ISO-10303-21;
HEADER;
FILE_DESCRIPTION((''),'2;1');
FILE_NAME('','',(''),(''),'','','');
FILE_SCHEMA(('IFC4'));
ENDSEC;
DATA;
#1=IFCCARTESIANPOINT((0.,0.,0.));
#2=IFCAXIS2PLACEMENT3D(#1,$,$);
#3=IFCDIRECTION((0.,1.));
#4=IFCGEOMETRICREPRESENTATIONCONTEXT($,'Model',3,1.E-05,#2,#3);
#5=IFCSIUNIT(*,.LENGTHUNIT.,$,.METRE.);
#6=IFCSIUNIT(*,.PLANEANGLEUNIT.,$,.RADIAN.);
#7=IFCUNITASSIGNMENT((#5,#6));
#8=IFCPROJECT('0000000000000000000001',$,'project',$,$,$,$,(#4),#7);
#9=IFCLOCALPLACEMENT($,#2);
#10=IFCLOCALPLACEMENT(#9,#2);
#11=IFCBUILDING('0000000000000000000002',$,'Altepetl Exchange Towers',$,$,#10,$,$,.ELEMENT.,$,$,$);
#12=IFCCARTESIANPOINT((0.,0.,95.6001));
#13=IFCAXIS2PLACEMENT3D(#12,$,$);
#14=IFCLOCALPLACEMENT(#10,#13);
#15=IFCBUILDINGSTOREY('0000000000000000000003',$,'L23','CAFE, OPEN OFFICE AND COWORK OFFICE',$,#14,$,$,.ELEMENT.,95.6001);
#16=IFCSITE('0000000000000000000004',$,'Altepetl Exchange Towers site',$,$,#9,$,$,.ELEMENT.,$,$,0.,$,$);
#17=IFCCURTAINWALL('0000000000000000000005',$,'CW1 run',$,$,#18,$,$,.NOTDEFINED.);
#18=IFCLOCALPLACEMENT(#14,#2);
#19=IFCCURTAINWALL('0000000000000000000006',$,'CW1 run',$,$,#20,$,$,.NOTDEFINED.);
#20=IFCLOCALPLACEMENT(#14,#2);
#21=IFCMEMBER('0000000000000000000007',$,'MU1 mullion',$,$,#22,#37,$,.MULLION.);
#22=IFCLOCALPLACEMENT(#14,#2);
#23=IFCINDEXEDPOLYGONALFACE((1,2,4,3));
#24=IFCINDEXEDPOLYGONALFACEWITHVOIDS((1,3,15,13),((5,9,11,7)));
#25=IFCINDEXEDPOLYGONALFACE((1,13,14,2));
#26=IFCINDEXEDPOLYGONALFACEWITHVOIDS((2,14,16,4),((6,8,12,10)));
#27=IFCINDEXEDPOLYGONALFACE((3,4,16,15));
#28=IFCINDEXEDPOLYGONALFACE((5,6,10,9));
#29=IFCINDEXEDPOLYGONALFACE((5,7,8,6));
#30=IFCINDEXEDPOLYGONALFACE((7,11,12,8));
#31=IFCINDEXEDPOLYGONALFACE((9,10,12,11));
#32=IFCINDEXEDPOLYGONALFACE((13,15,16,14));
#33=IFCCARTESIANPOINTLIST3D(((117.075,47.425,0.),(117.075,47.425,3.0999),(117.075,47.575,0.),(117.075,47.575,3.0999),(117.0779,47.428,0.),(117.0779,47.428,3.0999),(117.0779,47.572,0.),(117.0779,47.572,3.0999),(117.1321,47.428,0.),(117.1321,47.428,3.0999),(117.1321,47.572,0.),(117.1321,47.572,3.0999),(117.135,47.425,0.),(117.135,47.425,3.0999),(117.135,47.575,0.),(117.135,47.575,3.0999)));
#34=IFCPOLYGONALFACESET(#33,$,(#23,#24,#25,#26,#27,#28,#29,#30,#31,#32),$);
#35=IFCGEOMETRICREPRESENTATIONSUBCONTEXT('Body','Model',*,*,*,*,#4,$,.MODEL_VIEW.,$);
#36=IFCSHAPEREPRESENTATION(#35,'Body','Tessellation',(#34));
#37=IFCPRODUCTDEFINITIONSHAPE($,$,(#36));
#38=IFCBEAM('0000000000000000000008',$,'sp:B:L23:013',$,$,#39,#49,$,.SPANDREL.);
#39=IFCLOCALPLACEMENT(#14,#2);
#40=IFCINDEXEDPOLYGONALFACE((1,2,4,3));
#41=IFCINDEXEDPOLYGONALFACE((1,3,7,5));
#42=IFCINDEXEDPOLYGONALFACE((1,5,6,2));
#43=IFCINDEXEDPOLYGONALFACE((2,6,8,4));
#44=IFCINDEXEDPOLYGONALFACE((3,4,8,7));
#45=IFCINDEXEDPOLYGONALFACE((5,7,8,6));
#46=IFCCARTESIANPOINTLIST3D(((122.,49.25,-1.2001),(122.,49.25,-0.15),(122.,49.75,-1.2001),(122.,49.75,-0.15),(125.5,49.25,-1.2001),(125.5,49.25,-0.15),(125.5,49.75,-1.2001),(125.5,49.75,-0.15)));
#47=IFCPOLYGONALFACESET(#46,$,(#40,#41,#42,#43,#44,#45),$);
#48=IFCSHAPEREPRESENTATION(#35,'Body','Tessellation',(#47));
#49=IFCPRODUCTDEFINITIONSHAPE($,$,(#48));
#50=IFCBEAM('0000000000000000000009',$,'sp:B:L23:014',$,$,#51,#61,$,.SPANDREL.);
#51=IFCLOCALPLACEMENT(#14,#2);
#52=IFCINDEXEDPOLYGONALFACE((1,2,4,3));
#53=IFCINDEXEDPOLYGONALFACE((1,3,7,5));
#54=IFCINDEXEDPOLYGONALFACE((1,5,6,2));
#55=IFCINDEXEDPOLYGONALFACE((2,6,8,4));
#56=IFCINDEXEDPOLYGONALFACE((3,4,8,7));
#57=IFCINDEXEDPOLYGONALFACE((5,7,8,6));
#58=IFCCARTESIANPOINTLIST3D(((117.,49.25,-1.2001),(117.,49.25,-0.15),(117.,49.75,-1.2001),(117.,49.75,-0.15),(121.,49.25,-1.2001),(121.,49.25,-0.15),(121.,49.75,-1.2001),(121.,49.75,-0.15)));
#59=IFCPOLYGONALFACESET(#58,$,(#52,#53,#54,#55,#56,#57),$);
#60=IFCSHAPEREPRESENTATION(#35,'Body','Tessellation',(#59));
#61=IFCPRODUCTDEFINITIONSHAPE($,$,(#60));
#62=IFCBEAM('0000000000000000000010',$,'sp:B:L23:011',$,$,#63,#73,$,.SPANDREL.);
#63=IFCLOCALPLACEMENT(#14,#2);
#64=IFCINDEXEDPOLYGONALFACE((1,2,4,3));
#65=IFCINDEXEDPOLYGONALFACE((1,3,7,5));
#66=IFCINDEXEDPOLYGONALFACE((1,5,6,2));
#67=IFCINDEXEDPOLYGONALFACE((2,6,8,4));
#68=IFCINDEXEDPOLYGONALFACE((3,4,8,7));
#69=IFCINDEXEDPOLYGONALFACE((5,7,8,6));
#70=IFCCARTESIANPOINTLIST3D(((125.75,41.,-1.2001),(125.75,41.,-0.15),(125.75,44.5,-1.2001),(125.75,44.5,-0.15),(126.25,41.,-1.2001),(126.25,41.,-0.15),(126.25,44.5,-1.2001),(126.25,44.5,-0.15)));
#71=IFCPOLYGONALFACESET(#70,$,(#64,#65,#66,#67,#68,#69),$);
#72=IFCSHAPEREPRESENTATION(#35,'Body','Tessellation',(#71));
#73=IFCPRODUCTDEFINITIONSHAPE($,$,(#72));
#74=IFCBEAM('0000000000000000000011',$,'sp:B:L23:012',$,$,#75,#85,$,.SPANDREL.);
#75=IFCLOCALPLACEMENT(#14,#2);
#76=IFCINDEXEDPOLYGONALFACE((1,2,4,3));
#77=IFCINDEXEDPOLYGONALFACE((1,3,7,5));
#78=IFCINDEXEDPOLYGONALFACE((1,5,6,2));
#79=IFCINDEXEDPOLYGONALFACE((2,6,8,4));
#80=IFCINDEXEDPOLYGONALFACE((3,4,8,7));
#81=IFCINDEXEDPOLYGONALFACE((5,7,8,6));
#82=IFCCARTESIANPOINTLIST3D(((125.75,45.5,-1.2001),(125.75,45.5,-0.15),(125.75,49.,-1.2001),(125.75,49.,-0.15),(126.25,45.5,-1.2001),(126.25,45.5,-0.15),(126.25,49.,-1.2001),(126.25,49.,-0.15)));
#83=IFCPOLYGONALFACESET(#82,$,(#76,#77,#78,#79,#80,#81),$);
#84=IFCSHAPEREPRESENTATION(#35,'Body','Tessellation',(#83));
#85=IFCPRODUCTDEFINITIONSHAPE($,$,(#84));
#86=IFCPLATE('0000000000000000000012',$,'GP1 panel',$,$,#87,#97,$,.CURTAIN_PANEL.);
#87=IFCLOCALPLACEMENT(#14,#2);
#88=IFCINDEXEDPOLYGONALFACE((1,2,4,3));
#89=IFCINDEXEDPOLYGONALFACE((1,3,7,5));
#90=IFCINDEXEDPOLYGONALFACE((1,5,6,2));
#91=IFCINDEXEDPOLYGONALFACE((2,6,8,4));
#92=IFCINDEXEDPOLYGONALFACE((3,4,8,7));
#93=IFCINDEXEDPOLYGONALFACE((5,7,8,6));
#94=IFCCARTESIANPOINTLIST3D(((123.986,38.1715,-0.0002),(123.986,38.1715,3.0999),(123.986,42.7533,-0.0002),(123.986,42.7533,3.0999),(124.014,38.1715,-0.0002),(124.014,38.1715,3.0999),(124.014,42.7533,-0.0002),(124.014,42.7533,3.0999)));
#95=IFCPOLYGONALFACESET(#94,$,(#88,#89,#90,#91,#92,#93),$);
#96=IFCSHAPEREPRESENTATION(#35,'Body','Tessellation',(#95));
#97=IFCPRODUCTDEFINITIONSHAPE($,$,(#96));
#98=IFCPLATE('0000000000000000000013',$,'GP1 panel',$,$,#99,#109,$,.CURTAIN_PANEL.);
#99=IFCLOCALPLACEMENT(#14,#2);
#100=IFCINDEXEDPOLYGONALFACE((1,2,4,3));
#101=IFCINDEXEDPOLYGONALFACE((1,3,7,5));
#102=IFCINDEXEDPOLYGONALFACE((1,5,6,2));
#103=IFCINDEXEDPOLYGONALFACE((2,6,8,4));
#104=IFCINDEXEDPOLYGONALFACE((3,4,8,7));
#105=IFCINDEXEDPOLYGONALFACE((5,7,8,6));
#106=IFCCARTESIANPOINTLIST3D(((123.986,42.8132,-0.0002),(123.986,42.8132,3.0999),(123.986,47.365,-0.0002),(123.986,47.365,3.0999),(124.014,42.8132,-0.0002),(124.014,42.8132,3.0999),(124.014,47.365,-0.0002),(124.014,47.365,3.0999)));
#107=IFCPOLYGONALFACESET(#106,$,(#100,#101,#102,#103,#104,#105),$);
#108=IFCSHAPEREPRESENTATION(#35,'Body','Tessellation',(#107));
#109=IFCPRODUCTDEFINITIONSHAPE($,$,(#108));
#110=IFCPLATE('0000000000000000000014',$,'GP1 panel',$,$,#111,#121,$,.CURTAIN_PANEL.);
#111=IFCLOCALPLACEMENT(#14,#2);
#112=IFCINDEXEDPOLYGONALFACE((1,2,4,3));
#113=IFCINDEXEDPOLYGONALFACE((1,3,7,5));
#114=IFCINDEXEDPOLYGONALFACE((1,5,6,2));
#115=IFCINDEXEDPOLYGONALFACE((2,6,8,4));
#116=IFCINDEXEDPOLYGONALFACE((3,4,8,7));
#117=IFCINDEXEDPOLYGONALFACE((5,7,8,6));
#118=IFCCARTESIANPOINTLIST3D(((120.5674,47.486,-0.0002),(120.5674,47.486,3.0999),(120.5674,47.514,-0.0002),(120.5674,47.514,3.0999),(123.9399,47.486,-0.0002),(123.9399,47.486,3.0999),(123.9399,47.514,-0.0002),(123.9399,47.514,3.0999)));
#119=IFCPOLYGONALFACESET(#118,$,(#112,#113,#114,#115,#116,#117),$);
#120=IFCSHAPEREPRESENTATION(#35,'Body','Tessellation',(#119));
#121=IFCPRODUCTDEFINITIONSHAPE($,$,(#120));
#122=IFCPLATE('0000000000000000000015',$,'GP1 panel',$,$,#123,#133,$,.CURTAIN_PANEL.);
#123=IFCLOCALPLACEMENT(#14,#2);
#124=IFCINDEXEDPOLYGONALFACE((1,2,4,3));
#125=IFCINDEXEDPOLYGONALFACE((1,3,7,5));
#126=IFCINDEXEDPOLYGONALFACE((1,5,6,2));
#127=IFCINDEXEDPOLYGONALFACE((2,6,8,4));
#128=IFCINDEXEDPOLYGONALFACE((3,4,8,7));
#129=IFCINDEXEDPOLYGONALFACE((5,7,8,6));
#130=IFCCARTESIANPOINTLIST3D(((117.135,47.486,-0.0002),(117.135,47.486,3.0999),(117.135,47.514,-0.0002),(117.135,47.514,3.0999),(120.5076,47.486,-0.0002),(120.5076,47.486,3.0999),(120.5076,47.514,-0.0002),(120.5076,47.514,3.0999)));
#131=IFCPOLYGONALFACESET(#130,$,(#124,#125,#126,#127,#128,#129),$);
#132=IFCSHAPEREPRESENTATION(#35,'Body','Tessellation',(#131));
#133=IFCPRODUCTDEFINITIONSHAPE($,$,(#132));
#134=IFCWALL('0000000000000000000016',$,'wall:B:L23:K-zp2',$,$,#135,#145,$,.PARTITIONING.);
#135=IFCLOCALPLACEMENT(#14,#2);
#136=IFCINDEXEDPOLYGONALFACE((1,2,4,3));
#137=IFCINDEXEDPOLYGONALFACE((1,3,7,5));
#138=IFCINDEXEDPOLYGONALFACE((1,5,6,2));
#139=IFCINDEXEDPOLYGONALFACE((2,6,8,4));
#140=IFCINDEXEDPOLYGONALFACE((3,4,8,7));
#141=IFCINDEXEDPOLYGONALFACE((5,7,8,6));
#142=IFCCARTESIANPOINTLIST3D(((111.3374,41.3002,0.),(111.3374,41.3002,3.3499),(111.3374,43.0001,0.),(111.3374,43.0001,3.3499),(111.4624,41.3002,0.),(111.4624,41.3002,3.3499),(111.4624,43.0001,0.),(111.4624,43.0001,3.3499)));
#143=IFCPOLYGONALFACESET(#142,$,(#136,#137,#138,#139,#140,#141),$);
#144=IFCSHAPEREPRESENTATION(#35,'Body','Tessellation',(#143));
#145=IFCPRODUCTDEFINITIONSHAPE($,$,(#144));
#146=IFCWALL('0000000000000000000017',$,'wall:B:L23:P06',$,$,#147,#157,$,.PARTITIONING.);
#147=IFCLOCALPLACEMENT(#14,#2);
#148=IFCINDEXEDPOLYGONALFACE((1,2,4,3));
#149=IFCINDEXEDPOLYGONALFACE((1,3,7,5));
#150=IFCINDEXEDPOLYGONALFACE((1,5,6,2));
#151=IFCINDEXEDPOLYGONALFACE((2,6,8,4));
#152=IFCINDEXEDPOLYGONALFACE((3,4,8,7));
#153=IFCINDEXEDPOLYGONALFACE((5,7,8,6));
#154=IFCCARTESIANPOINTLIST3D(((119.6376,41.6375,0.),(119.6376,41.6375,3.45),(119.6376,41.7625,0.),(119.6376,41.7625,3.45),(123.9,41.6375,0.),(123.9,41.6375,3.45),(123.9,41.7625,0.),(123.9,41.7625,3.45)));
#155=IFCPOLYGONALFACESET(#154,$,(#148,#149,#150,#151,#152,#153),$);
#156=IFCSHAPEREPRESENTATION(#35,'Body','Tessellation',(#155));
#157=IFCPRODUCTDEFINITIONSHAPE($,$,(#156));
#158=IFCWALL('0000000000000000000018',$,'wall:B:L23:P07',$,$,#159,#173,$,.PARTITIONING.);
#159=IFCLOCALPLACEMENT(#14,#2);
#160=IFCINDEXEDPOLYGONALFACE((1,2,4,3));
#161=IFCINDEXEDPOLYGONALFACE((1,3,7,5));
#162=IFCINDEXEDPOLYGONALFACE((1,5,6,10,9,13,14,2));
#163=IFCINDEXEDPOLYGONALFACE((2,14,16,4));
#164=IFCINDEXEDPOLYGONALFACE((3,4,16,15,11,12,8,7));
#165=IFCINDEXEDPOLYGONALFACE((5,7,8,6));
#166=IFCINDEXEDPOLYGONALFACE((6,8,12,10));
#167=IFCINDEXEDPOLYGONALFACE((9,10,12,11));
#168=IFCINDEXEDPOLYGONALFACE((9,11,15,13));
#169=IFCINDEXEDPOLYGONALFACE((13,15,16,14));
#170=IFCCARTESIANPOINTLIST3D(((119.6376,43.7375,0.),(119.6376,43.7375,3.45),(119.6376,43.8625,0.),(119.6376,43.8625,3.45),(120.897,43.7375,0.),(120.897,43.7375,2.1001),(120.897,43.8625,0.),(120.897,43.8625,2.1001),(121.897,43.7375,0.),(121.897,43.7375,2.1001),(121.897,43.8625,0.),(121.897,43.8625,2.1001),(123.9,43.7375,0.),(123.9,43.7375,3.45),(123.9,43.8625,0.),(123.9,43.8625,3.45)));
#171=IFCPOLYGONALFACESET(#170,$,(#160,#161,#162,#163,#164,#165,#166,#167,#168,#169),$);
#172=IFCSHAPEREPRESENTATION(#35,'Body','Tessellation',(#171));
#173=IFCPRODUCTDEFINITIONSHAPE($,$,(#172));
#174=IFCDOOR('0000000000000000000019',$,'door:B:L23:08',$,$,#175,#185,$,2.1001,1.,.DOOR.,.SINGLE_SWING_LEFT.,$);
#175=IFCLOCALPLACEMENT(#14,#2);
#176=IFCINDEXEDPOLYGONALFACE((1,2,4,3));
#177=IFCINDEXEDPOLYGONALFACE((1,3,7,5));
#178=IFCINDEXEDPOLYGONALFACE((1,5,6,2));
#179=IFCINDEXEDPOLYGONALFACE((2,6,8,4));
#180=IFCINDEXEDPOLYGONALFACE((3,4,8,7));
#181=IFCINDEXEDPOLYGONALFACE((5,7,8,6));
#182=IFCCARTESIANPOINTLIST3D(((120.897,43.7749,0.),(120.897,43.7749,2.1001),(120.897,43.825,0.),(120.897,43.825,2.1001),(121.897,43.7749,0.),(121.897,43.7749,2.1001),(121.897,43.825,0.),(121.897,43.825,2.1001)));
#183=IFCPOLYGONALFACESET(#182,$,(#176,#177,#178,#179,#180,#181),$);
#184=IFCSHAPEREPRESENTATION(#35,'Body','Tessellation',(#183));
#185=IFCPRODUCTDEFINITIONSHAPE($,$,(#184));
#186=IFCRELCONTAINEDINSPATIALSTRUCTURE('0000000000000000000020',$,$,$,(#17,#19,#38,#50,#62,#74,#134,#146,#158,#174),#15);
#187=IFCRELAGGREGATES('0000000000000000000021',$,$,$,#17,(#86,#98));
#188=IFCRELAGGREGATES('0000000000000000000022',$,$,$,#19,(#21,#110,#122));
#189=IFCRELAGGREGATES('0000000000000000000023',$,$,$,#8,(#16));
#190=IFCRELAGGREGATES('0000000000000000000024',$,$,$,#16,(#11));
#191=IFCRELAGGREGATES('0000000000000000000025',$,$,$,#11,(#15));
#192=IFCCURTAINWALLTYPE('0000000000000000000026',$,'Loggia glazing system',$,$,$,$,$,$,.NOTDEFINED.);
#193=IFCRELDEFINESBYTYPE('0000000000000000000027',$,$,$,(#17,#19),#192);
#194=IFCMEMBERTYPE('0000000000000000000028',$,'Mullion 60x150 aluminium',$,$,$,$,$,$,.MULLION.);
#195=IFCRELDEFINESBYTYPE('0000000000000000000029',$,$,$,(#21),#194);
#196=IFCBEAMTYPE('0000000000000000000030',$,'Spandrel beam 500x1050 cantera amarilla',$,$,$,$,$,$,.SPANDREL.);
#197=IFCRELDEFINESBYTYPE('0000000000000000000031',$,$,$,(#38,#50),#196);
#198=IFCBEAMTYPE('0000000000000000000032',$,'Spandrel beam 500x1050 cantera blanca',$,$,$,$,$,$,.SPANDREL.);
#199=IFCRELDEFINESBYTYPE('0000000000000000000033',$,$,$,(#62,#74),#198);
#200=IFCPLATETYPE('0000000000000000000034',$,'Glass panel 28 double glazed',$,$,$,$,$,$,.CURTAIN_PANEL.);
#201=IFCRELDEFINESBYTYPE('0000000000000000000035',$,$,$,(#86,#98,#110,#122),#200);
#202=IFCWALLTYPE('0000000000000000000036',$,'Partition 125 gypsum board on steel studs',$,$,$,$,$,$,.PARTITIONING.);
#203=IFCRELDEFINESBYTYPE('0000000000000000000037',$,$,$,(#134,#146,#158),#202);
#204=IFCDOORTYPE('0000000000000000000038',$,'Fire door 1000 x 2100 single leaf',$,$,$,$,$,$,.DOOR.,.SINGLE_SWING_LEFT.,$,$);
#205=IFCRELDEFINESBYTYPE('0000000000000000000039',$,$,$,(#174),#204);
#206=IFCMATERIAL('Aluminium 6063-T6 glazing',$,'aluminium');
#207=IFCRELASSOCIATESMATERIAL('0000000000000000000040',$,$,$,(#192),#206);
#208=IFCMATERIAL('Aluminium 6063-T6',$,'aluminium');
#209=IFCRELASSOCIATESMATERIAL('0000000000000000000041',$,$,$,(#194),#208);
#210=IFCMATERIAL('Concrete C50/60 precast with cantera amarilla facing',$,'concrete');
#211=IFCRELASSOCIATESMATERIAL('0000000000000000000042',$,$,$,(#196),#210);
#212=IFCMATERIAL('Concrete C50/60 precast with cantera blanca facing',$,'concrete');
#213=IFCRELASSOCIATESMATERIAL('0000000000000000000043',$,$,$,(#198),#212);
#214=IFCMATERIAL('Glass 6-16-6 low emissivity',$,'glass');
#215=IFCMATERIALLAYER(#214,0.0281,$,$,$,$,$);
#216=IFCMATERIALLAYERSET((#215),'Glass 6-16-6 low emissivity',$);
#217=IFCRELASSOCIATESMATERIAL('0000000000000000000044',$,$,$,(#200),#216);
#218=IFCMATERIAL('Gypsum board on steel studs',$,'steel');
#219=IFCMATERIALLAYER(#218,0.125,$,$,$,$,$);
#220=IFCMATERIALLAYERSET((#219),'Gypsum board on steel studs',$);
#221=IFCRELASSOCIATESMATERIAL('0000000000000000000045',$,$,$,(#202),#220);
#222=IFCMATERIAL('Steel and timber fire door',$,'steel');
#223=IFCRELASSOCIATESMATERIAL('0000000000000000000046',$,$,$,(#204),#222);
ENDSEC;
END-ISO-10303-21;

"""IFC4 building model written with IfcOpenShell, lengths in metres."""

from ifc_helpers import new_model, si_unit, direction, frame, frame_2d, origin, origin_2d, place, context, subcontext, project, spatial, rectangle, hollow_rectangle, extrude, material, layer, layer_set, material_profile, profile_set, type_object, element, fill, aggregate, save


model = new_model("IFC4")

# Units and contexts
model_context = context("Model", 3, precision=1e-05, world=origin(), true_north=direction((0.0, 1.0)))
body_context = subcontext(model_context, "Body", "Model", "MODEL_VIEW")
ifc_project = project(units=[si_unit("LENGTHUNIT", "METRE"), si_unit("PLANEANGLEUNIT", "RADIAN")], contexts=[model_context])

# Site, building, storey
site_placement = place(None, origin())
site = spatial("IfcSite", under=ifc_project, at=site_placement, Name="Altepetl Exchange Towers site", CompositionType="ELEMENT", RefElevation=0.0)
building_placement = place(site_placement, origin())
building = spatial("IfcBuilding", under=site, at=building_placement, Name="Altepetl Exchange Towers", CompositionType="ELEMENT")
storey_placement = place(building_placement, frame((0.0, 0.0, 95.6001)))
storey = spatial("IfcBuildingStorey", under=building, at=storey_placement, Name="L23", Description="CAFE, OPEN OFFICE AND COWORK OFFICE", CompositionType="ELEMENT", Elevation=95.6001)

# Curtain walls, member
ifc_material_1 = material(Name="Aluminium 6063-T6 glazing", Category="aluminium")
curtain_wall_type = type_object("IfcCurtainWallType", Name="Loggia glazing system", PredefinedType="NOTDEFINED", material=ifc_material_1)
curtain_wall_1_placement = place(storey_placement, origin())
curtain_wall_1 = element("IfcCurtainWall", 1, at=curtain_wall_1_placement, inside=storey, type_object=curtain_wall_type, Name="CW1 run", PredefinedType="NOTDEFINED")
ifc_material_2 = material(Name="Aluminium 6063-T6", Category="aluminium")
ifc_material_profile_1 = material_profile(ifc_material_2, hollow_rectangle(XDim=0.0601, YDim=0.1499, WallThickness=0.0029, at=origin_2d()), Name="Mullion 60x150 aluminium")
ifc_profile_set_1 = profile_set([ifc_material_profile_1], Name="Aluminium 6063-T6")
member_type = type_object("IfcMemberType", Name="Mullion 60x150 aluminium", PredefinedType="MULLION", material=ifc_profile_set_1)
curtain_wall_2_placement = place(storey_placement, origin())
curtain_wall_2 = element("IfcCurtainWall", 2, at=curtain_wall_2_placement, inside=storey, type_object=curtain_wall_type, Name="CW1 run", PredefinedType="NOTDEFINED")
member_1_placement = place(storey_placement, frame((117.105, 47.5, 0.0), z_axis=(0.0, 0.0, 1.0), x_axis=(-1.0, 0.0, 0.0)))
member_1 = element("IfcMember", 3, at=member_1_placement, type_object=member_type, Name="MU1 mullion", PredefinedType="MULLION", context=body_context, shape_type="SweptSolid", body=[
    extrude(hollow_rectangle(XDim=0.0601, YDim=0.1499, WallThickness=0.0029, at=origin_2d()), origin(), (0.0, 0.0, 1.0), 3.0999),
])

# Beams
ifc_material_3 = material(Name="Concrete C50/60 precast with cantera amarilla facing", Category="concrete")
ifc_material_profile_2 = material_profile(ifc_material_3, rectangle(XDim=0.5, YDim=1.05, at=origin_2d()), Name="500 x 1050")
ifc_profile_set_2 = profile_set([ifc_material_profile_2], Name="Concrete C50/60 precast with cantera amarilla facing")
beam_type_1 = type_object("IfcBeamType", Name="Spandrel beam 500x1050 cantera amarilla", PredefinedType="SPANDREL", material=ifc_profile_set_2)
beam_1_placement = place(storey_placement, frame((125.5, 49.5, -0.675), z_axis=(-1.0, 0.0, 0.0), x_axis=(0.0, -1.0, 0.0)))
element("IfcBeam", 4, at=beam_1_placement, inside=storey, type_object=beam_type_1, Name="sp:B:L23:013", PredefinedType="SPANDREL", context=body_context, shape_type="SweptSolid", body=[
    extrude(rectangle(XDim=0.5, YDim=1.05, at=origin_2d()), origin(), (0.0, 0.0, 1.0), 3.5),
])
beam_2_placement = place(storey_placement, frame((121.0, 49.5, -0.675), z_axis=(-1.0, 0.0, 0.0), x_axis=(0.0, -1.0, 0.0)))
element("IfcBeam", 5, at=beam_2_placement, inside=storey, type_object=beam_type_1, Name="sp:B:L23:014", PredefinedType="SPANDREL", context=body_context, shape_type="SweptSolid", body=[
    extrude(rectangle(XDim=0.5, YDim=1.05, at=origin_2d()), origin(), (0.0, 0.0, 1.0), 4.0),
])
ifc_material_4 = material(Name="Concrete C50/60 precast with cantera blanca facing", Category="concrete")
ifc_material_profile_3 = material_profile(ifc_material_4, rectangle(XDim=0.5, YDim=1.05, at=origin_2d()), Name="500 x 1050")
ifc_profile_set_3 = profile_set([ifc_material_profile_3], Name="Concrete C50/60 precast with cantera blanca facing")
beam_type_2 = type_object("IfcBeamType", Name="Spandrel beam 500x1050 cantera blanca", PredefinedType="SPANDREL", material=ifc_profile_set_3)
for number, where, z_axis, x_axis, name in (
    (6, (126.0, 41.0, -0.675), (0.0, 1.0, 0.0), (-1.0, 0.0, 0.0), "sp:B:L23:011"),
    (7, (126.0, 45.5, -0.675), (0.0, 1.0, 0.0), (-1.0, 0.0, 0.0), "sp:B:L23:012"),
):
    element("IfcBeam", number, at=place(storey_placement, frame(where, z_axis=z_axis, x_axis=x_axis)), inside=storey, type_object=beam_type_2, Name=name, PredefinedType="SPANDREL", context=body_context, shape_type="SweptSolid", body=[
        extrude(rectangle(XDim=0.5, YDim=1.05, at=origin_2d()), origin(), (0.0, 0.0, 1.0), 3.5),
    ])

# Plates
ifc_material_5 = material(Name="Glass 6-16-6 low emissivity", Category="glass")
ifc_layer_1 = layer(ifc_material_5, 0.0281)
ifc_layer_set_1 = layer_set([ifc_layer_1], Name="Glass 6-16-6 low emissivity")
plate_type = type_object("IfcPlateType", Name="Glass panel 28 double glazed", PredefinedType="CURTAIN_PANEL", material=ifc_layer_set_1)
plate_1_placement = place(storey_placement, frame((124.0, 40.4624, -0.0002), z_axis=(0.0, 0.0, 1.0), x_axis=(0.0, 1.0, 0.0)))
plate_1 = element("IfcPlate", 8, at=plate_1_placement, type_object=plate_type, Name="GP1 panel", PredefinedType="CURTAIN_PANEL", context=body_context, shape_type="SweptSolid", body=[
    extrude(rectangle(XDim=4.5818, YDim=0.0281, at=origin_2d()), origin(), (0.0, 0.0, 1.0), 3.1001),
])
plate_2_placement = place(storey_placement, frame((124.0, 45.0891, -0.0002), z_axis=(0.0, 0.0, 1.0), x_axis=(0.0, 1.0, 0.0)))
plate_2 = element("IfcPlate", 9, at=plate_2_placement, type_object=plate_type, Name="GP1 panel", PredefinedType="CURTAIN_PANEL", context=body_context, shape_type="SweptSolid", body=[
    extrude(rectangle(XDim=4.5518, YDim=0.0281, at=origin_2d()), origin(), (0.0, 0.0, 1.0), 3.1001),
])
aggregate(curtain_wall_1, [plate_1, plate_2])
plate_3_placement = place(storey_placement, frame((122.2537, 47.5, -0.0002), z_axis=(0.0, 0.0, 1.0), x_axis=(-1.0, 0.0, 0.0)))
plate_3 = element("IfcPlate", 10, at=plate_3_placement, type_object=plate_type, Name="GP1 panel", PredefinedType="CURTAIN_PANEL", context=body_context, shape_type="SweptSolid", body=[
    extrude(rectangle(XDim=3.3726, YDim=0.0281, at=origin_2d()), origin(), (0.0, 0.0, 1.0), 3.1001),
])
plate_4_placement = place(storey_placement, frame((118.8213, 47.5, -0.0002), z_axis=(0.0, 0.0, 1.0), x_axis=(-1.0, 0.0, 0.0)))
plate_4 = element("IfcPlate", 11, at=plate_4_placement, type_object=plate_type, Name="GP1 panel", PredefinedType="CURTAIN_PANEL", context=body_context, shape_type="SweptSolid", body=[
    extrude(rectangle(XDim=3.3726, YDim=0.0281, at=origin_2d()), origin(), (0.0, 0.0, 1.0), 3.1001),
])
aggregate(curtain_wall_2, [member_1, plate_3, plate_4])

# Walls
ifc_material_6 = material(Name="Gypsum board on steel studs", Category="steel")
ifc_layer_2 = layer(ifc_material_6, 0.125)
ifc_layer_set_2 = layer_set([ifc_layer_2], Name="Gypsum board on steel studs")
wall_type_1 = type_object("IfcWallType", Name="Partition 125 gypsum board on steel studs", PredefinedType="PARTITIONING", material=ifc_layer_set_2)
wall_1_placement = place(storey_placement, frame((111.3999, 41.3, 0.0), z_axis=(0.0, 0.0, 1.0), x_axis=(0.0, 1.0, 0.0)))
element("IfcWall", 12, at=wall_1_placement, inside=storey, type_object=wall_type_1, Name="wall:B:L23:K-zp2", PredefinedType="PARTITIONING", context=body_context, shape_type="SweptSolid", body=[
    extrude(rectangle(XDim=1.7, YDim=0.125, at=frame_2d((0.8501, 0.0))), origin(), (0.0, 0.0, 1.0), 3.3499),
])
wall_2_placement = place(storey_placement, frame((119.6375, 41.7, 0.0)))
element("IfcWall", 13, at=wall_2_placement, inside=storey, type_object=wall_type_1, Name="wall:B:L23:P06", PredefinedType="PARTITIONING", context=body_context, shape_type="SweptSolid", body=[
    extrude(rectangle(XDim=4.2625, YDim=0.125, at=frame_2d((2.1313, 0.0))), origin(), (0.0, 0.0, 1.0), 3.45),
])

# Wall, opening, door
wall_3_placement = place(storey_placement, frame((119.6375, 43.8, 0.0)))
wall_3 = element("IfcWall", 14, at=wall_3_placement, inside=storey, type_object=wall_type_1, Name="wall:B:L23:P07", PredefinedType="PARTITIONING", context=body_context, shape_type="SweptSolid", body=[
    extrude(rectangle(XDim=4.2625, YDim=0.125, at=frame_2d((2.1313, 0.0))), origin(), (0.0, 0.0, 1.0), 3.45),
])
opening_1_placement = place(wall_3_placement, frame((1.2595, 0.0, 0.0)))
opening_1 = element("IfcOpeningElement", 15, at=opening_1_placement, cuts=wall_3, PredefinedType="OPENING", context=body_context, shape_type="SweptSolid", body=[
    extrude(rectangle(XDim=1.0, YDim=2.1001, at=frame_2d((0.5, 1.05))), frame((0.0, 0.0725, 0.0), z_axis=(0.0, -1.0, 0.0), x_axis=(1.0, 0.0, 0.0)), (0.0, 0.0, 1.0), 0.145),
])
ifc_material_7 = material(Name="Steel and timber fire door", Category="steel")
door_type_1 = type_object("IfcDoorType", Name="Fire door 1000 x 2100 single leaf", OperationType="SINGLE_SWING_LEFT", PredefinedType="DOOR", material=ifc_material_7)
door_1_placement = place(opening_1_placement, origin())
door_1 = element("IfcDoor", 16, at=door_1_placement, inside=storey, type_object=door_type_1, Name="door:B:L23:08", OperationType="SINGLE_SWING_LEFT", OverallHeight=2.1001, OverallWidth=1.0, PredefinedType="DOOR", context=body_context, shape_type="SweptSolid", body=[
    extrude(rectangle(XDim=1.0, YDim=2.1001, at=frame_2d((0.5, 1.05))), frame((0.0, 0.0249, 0.0), z_axis=(0.0, -1.0, 0.0), x_axis=(1.0, 0.0, 0.0)), (0.0, 0.0, 1.0), 0.05),
])
fill(opening_1, door_1)

save(model, "model.ifc")
